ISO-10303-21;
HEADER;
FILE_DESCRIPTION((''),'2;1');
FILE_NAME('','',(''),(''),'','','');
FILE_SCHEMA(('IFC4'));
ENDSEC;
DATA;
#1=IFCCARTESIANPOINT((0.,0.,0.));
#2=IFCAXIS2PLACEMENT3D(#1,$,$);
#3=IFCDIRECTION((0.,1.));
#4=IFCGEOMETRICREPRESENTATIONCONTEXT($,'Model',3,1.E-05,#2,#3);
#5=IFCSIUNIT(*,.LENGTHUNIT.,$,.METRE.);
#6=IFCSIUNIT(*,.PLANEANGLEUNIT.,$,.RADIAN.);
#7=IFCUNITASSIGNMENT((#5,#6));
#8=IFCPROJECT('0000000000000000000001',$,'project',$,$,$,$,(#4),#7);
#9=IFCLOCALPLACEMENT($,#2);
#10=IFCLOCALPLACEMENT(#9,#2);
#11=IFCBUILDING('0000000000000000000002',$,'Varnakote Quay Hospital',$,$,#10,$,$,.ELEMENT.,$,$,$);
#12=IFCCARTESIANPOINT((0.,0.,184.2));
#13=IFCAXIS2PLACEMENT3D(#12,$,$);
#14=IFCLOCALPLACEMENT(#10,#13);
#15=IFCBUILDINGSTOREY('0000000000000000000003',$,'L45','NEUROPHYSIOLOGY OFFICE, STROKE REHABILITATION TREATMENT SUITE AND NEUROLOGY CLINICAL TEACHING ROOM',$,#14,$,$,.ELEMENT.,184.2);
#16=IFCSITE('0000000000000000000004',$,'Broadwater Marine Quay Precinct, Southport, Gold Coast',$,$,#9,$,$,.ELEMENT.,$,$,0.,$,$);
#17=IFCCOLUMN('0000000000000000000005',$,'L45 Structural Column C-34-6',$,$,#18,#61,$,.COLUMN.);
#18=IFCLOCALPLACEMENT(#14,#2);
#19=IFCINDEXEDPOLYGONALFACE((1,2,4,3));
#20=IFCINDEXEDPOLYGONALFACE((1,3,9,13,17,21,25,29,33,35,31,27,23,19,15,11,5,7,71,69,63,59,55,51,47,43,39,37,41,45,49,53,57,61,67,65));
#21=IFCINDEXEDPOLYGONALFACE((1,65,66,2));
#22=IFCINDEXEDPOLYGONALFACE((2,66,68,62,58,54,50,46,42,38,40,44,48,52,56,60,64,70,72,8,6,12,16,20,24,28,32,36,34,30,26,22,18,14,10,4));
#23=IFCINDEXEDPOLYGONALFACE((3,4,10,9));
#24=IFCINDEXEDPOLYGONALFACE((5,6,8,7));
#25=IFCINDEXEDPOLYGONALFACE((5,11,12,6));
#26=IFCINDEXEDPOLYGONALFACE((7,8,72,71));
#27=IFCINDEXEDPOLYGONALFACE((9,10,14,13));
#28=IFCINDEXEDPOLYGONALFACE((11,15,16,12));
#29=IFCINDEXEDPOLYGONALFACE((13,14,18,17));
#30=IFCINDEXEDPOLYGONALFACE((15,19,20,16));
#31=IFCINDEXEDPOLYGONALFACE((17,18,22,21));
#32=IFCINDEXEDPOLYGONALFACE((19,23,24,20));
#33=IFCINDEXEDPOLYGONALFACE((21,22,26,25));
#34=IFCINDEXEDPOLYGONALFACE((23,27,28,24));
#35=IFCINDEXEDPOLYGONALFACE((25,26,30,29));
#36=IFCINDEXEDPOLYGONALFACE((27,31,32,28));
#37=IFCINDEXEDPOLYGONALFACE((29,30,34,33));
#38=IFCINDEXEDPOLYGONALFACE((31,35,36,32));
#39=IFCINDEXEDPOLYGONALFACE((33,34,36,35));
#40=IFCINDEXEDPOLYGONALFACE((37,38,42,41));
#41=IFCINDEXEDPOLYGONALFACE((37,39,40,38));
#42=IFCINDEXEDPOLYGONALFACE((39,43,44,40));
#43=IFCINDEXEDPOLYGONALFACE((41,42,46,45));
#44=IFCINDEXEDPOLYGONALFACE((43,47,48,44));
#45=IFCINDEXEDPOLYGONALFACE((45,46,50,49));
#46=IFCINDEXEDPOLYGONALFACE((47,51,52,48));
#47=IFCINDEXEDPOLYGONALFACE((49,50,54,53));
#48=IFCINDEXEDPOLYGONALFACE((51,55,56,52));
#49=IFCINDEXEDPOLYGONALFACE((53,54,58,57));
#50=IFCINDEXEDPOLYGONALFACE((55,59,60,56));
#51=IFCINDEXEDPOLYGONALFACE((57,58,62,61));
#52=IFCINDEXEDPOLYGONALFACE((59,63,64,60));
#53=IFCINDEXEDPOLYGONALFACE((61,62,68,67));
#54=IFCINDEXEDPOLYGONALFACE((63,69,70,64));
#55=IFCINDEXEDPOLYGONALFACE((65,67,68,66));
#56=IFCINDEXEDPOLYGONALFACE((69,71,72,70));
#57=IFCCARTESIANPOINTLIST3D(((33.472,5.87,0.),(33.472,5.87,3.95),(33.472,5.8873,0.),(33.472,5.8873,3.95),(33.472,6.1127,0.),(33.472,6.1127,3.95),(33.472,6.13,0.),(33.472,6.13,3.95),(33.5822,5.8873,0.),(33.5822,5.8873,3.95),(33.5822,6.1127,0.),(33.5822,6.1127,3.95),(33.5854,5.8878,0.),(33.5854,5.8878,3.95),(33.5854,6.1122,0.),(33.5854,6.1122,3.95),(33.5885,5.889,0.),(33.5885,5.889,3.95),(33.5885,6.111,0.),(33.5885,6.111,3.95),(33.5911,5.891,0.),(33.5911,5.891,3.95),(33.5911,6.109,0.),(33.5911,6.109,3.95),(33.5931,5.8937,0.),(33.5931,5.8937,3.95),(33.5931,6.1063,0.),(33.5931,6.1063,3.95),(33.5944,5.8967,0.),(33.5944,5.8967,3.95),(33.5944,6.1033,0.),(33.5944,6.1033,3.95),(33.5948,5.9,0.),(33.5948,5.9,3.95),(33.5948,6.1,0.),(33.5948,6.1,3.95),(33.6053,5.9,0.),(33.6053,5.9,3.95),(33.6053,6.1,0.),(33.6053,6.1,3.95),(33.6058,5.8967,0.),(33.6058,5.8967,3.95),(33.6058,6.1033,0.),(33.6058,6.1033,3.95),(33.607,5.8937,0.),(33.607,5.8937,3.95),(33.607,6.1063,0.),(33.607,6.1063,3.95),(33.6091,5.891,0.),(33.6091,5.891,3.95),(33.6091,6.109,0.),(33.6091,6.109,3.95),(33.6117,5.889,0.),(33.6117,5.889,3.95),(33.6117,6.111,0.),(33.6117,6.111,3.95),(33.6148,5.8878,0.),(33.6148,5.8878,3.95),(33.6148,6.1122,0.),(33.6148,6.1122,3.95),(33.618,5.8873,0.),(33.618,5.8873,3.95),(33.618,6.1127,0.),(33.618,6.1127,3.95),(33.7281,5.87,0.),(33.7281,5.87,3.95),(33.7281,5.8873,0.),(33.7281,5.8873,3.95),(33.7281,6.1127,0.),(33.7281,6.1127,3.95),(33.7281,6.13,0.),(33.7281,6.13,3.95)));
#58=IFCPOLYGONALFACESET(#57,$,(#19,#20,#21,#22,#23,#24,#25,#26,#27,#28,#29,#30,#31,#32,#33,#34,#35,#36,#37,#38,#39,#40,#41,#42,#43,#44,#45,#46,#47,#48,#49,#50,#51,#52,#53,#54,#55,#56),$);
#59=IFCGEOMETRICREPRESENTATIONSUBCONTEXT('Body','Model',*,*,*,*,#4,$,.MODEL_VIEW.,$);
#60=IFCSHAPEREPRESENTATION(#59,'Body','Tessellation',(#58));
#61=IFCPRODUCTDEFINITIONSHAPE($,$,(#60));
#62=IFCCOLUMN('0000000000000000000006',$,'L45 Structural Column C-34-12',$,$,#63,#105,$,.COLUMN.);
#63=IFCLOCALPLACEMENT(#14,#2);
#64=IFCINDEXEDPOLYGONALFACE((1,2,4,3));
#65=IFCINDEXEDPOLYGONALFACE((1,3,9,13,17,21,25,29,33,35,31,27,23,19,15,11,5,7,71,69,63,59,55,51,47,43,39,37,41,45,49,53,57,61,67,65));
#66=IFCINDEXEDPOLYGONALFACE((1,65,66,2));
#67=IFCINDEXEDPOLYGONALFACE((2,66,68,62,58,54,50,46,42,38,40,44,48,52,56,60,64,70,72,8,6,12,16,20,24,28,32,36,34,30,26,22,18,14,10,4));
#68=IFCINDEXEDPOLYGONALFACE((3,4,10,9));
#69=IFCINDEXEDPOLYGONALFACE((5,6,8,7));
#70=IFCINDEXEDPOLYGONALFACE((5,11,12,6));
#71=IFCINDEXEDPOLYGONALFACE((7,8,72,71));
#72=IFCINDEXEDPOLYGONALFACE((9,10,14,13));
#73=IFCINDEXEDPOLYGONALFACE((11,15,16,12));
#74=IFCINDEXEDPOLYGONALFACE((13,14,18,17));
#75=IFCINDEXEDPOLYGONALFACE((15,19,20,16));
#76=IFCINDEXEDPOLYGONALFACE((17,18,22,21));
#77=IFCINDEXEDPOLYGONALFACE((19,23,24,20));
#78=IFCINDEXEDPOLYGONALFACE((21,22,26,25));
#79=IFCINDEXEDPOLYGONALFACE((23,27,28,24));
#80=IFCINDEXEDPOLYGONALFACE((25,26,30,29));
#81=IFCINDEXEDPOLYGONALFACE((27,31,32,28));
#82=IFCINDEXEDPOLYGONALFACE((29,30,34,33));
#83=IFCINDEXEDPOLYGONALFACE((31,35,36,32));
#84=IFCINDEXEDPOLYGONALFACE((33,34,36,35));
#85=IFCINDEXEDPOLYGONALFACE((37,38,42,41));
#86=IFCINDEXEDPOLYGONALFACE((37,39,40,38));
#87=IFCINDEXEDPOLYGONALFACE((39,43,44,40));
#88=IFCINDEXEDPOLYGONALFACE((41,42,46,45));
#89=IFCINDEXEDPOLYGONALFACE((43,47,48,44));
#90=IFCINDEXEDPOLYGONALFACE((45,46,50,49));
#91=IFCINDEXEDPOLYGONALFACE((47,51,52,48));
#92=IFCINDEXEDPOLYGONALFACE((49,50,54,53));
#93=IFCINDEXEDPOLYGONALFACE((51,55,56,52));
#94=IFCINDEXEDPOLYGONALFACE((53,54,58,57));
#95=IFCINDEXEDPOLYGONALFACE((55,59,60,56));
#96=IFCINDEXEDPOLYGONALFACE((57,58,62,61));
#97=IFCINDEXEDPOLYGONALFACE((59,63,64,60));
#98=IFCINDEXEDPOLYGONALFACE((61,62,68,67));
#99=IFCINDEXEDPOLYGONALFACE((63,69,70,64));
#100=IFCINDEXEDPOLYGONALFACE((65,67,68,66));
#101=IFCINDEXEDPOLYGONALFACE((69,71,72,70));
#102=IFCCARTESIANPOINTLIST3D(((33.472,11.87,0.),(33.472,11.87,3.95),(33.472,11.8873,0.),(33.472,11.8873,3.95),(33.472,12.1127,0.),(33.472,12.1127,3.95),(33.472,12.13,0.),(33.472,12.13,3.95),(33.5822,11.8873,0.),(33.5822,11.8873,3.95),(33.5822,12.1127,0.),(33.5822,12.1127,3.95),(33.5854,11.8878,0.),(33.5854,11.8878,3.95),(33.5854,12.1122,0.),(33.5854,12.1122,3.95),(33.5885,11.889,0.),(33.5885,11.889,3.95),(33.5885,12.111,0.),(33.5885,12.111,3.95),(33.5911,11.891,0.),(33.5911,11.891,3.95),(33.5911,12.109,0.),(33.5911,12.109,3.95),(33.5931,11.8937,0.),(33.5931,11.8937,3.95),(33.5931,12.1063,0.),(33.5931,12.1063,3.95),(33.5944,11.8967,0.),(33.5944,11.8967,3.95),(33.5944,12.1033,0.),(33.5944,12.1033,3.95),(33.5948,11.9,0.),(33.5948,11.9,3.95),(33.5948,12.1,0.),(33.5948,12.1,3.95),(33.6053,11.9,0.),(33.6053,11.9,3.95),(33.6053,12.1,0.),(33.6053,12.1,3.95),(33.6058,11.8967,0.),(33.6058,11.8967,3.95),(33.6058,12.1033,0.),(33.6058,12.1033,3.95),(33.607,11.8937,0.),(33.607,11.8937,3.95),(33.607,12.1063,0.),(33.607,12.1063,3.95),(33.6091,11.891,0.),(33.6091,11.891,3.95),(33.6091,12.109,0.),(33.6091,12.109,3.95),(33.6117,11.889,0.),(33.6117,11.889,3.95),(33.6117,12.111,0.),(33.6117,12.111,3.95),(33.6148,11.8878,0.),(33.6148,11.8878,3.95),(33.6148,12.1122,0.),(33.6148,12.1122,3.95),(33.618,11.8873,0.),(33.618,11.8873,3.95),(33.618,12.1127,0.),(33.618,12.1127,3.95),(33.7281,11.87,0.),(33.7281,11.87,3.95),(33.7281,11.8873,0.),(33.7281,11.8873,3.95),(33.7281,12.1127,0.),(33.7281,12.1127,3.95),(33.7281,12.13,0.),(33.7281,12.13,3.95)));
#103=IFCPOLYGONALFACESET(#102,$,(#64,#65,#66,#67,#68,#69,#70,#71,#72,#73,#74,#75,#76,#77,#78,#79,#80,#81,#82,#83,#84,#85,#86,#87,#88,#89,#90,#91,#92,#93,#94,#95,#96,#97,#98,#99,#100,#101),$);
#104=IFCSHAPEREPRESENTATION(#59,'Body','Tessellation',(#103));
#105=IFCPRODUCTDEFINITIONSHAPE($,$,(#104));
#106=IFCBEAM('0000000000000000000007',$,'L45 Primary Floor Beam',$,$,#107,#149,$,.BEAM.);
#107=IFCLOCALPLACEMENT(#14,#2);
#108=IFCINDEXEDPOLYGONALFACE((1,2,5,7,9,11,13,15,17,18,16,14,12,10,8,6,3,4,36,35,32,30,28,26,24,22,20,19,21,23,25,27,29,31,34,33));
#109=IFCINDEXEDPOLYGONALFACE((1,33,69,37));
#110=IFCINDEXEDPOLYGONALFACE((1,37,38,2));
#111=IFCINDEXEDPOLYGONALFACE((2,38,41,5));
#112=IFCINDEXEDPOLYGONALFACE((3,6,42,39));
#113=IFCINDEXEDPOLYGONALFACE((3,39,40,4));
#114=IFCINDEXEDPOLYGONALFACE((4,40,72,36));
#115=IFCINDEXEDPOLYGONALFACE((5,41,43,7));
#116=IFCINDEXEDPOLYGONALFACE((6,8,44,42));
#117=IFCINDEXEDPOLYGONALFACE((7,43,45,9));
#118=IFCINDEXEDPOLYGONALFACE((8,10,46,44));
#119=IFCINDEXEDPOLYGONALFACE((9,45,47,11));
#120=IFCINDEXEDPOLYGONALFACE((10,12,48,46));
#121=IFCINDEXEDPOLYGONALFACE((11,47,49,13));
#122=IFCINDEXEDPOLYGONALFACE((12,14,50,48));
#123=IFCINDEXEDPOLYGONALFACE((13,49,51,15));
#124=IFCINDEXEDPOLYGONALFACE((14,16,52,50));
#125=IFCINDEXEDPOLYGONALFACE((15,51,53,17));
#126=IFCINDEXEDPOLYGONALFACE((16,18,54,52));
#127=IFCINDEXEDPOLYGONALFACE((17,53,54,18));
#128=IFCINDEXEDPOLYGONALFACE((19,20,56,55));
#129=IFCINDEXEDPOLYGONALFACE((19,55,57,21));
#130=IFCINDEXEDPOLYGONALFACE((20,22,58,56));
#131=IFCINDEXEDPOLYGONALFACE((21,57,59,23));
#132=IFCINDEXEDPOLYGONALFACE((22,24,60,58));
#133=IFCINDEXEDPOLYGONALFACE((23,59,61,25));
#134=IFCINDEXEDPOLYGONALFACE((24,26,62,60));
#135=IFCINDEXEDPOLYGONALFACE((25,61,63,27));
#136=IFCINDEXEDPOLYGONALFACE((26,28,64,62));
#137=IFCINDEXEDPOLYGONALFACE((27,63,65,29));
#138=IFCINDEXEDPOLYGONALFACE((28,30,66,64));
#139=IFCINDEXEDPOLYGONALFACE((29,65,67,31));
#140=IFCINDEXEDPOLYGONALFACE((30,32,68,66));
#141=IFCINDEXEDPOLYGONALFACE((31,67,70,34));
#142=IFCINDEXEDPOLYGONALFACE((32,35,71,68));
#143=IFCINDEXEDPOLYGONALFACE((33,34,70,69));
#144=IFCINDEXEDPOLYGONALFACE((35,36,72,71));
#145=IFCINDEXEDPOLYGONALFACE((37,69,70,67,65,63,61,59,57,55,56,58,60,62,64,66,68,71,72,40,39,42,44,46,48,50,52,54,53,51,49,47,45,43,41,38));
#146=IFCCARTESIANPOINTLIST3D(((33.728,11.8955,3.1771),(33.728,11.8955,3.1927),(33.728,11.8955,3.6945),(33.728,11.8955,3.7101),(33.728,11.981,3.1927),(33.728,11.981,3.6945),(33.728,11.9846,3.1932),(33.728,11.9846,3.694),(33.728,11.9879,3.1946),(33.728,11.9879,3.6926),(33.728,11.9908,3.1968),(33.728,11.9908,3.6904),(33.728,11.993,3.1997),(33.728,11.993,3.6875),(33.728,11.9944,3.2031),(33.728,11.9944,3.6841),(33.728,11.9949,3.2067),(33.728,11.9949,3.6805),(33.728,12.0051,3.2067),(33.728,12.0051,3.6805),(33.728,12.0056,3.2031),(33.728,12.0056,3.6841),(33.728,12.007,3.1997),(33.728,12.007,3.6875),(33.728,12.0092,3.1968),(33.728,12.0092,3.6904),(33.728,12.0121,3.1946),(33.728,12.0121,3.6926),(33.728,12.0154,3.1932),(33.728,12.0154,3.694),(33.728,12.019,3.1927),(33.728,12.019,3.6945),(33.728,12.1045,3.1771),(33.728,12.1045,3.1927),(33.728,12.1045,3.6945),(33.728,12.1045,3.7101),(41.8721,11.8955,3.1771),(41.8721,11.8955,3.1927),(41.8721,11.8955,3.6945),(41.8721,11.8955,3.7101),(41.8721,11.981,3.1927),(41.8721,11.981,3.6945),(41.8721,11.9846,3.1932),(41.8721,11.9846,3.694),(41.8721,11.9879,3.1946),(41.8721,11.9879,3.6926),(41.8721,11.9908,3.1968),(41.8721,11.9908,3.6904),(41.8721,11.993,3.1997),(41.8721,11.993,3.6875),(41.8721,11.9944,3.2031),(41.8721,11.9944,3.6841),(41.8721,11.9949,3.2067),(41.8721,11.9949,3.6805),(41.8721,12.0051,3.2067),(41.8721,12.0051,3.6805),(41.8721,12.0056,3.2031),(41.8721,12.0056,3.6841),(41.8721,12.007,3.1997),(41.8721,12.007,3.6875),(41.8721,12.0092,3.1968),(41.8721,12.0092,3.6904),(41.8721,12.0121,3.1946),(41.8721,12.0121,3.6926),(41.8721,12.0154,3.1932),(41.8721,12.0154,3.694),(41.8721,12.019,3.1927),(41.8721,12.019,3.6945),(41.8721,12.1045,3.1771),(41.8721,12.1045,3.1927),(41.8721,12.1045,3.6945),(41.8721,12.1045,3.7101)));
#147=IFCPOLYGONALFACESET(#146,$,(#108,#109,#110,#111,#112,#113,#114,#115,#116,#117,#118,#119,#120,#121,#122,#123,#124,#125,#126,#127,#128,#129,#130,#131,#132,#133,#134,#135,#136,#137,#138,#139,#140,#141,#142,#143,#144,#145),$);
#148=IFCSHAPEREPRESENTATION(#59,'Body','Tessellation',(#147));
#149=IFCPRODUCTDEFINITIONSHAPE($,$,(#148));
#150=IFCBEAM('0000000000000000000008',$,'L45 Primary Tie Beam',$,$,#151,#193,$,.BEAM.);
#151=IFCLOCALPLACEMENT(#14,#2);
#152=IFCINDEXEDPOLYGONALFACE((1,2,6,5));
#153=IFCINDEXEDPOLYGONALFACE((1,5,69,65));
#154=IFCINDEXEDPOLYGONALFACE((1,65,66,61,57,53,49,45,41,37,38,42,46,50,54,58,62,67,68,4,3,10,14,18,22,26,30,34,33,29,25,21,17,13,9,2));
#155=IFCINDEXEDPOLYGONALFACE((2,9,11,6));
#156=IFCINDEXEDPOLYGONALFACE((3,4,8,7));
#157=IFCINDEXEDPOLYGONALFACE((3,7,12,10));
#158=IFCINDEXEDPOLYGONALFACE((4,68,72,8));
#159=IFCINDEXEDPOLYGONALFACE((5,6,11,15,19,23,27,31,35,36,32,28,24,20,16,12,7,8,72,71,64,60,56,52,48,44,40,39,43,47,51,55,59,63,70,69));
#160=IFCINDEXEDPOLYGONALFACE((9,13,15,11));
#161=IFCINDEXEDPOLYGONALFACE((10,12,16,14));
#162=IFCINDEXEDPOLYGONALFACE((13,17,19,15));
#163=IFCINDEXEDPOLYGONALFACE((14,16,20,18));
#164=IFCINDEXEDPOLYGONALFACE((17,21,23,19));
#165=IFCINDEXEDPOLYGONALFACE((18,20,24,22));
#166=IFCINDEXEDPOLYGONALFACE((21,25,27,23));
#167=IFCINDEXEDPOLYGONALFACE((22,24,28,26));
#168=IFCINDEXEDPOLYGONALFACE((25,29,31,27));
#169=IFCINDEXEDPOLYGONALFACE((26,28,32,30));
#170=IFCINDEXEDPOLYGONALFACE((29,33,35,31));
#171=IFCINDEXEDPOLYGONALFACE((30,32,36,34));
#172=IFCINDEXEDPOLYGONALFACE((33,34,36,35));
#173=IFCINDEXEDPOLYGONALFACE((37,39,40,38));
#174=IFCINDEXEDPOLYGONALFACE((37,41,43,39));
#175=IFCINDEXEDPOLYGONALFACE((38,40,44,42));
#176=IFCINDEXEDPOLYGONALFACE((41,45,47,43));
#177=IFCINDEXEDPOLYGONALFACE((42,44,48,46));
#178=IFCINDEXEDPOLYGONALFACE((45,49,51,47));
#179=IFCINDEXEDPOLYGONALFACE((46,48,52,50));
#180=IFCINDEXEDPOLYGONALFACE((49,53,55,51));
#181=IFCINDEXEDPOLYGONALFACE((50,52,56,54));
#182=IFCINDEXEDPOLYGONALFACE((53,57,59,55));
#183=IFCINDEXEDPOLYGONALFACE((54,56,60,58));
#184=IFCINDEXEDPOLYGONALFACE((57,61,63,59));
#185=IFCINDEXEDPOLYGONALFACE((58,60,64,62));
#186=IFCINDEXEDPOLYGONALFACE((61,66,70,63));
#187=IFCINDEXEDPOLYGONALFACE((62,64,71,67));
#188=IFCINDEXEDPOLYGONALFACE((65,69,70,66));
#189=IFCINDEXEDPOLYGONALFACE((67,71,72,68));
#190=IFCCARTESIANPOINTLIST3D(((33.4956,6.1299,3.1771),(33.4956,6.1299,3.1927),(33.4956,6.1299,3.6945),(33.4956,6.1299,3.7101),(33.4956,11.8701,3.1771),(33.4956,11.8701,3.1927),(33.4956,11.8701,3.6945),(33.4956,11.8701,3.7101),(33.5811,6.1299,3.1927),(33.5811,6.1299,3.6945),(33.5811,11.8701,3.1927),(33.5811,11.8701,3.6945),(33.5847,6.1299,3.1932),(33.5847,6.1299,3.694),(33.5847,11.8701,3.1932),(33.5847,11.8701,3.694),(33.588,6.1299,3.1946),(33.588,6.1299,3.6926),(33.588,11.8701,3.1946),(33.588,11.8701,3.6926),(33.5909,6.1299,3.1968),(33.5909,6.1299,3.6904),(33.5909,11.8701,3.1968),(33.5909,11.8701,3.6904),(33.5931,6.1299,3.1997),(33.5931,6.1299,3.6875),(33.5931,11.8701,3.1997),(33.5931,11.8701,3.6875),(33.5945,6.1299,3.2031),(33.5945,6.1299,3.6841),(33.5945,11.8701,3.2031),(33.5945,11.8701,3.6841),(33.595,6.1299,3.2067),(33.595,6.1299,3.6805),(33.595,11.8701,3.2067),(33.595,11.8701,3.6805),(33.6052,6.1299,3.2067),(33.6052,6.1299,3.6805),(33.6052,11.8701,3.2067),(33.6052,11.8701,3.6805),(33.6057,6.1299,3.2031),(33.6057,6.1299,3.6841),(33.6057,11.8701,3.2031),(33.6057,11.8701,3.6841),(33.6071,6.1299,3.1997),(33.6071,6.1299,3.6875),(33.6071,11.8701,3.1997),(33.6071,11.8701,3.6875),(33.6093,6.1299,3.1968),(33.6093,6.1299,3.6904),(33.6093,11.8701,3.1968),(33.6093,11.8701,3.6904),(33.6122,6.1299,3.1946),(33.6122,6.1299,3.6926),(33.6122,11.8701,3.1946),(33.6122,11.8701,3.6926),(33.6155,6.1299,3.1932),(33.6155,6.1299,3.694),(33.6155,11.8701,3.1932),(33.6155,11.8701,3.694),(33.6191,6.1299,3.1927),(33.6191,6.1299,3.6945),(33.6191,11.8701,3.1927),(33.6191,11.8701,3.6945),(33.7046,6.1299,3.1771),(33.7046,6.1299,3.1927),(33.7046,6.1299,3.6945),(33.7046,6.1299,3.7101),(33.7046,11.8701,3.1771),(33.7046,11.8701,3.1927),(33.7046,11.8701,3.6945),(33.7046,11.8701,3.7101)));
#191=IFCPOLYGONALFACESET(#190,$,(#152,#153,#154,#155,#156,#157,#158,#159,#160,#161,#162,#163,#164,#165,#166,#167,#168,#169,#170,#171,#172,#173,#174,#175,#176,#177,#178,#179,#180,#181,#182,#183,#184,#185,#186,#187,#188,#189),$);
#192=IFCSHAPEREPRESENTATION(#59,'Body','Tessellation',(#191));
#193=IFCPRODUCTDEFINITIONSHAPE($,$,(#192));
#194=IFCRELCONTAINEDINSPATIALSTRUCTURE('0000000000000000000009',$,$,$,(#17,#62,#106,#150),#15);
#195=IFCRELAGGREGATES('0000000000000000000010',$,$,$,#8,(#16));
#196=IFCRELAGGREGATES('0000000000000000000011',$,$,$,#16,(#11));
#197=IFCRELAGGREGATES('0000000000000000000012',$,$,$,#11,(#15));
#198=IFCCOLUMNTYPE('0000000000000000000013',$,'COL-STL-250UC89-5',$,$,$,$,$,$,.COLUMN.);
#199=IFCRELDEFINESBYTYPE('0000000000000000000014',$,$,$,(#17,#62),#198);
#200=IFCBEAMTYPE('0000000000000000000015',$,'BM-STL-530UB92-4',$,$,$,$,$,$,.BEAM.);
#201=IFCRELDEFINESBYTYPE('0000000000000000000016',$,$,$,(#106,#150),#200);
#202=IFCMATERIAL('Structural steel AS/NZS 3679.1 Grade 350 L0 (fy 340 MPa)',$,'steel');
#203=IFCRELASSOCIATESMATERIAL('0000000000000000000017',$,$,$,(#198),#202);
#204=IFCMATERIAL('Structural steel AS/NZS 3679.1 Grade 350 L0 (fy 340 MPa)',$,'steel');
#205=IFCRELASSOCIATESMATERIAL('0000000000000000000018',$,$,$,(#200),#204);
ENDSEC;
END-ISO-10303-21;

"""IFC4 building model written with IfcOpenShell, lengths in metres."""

from ifc_helpers import new_model, si_unit, direction, frame, origin, origin_2d, place, context, subcontext, project, spatial, i_section, extrude, material, material_profile, profile_set, type_object, element, save


model = new_model("IFC4")

# Units and contexts
model_context = context("Model", 3, precision=1e-05, world=origin(), true_north=direction((0.0, 1.0)))
body_context = subcontext(model_context, "Body", "Model", "MODEL_VIEW")
ifc_project = project(units=[si_unit("LENGTHUNIT", "METRE"), si_unit("PLANEANGLEUNIT", "RADIAN")], contexts=[model_context])

# Site, building, storey
site_placement = place(None, origin())
site = spatial("IfcSite", under=ifc_project, at=site_placement, Name="Broadwater Marine Quay Precinct, Southport, Gold Coast", CompositionType="ELEMENT", RefElevation=0.0)
building_placement = place(site_placement, origin())
building = spatial("IfcBuilding", under=site, at=building_placement, Name="Varnakote Quay Hospital", CompositionType="ELEMENT")
storey_placement = place(building_placement, frame((0.0, 0.0, 184.2)))
storey = spatial("IfcBuildingStorey", under=building, at=storey_placement, Name="L45", Description="NEUROPHYSIOLOGY OFFICE, STROKE REHABILITATION TREATMENT SUITE AND NEUROLOGY CLINICAL TEACHING ROOM", CompositionType="ELEMENT", Elevation=184.2)

# Columns
ifc_material_1 = material(Name="Structural steel AS/NZS 3679.1 Grade 350 L0 (fy 340 MPa)", Category="steel")
ifc_material_profile_1 = material_profile(ifc_material_1, i_section(OverallWidth=0.2561, OverallDepth=0.26, WebThickness=0.0105, FlangeThickness=0.0173, FilletRadius=0.0127, at=origin_2d()), Name="250UC89.5")
ifc_profile_set_1 = profile_set([ifc_material_profile_1], Name="Structural steel AS/NZS 3679.1 Grade 350 L0 (fy 340 MPa)")
column_type = type_object("IfcColumnType", Name="COL-STL-250UC89-5", PredefinedType="COLUMN", material=ifc_profile_set_1)
for number, where, z_axis, x_axis, name in (
    (1, (33.6001, 6.0, 0.0), (0.0, 0.0, 1.0), (1.0, 0.0, 0.0), "L45 Structural Column C-34-6"),
    (2, (33.6001, 12.0, 0.0), (0.0, 0.0, 1.0), (1.0, 0.0, 0.0), "L45 Structural Column C-34-12"),
):
    element("IfcColumn", number, at=place(storey_placement, frame(where, z_axis=z_axis, x_axis=x_axis)), inside=storey, type_object=column_type, Name=name, PredefinedType="COLUMN", context=body_context, shape_type="SweptSolid", body=[
        extrude(i_section(OverallWidth=0.2561, OverallDepth=0.26, WebThickness=0.0105, FlangeThickness=0.0173, FilletRadius=0.0127, at=origin_2d()), origin(), (0.0, 0.0, 1.0), 3.95),
    ])

# Beams
ifc_material_2 = material(Name="Structural steel AS/NZS 3679.1 Grade 350 L0 (fy 340 MPa)", Category="steel")
ifc_material_profile_2 = material_profile(ifc_material_2, i_section(OverallWidth=0.209, OverallDepth=0.533, WebThickness=0.0103, FlangeThickness=0.0156, FilletRadius=0.0139, at=origin_2d()), Name="530UB92.4")
ifc_profile_set_2 = profile_set([ifc_material_profile_2], Name="Structural steel AS/NZS 3679.1 Grade 350 L0 (fy 340 MPa)")
beam_type_1 = type_object("IfcBeamType", Name="BM-STL-530UB92-4", PredefinedType="BEAM", material=ifc_profile_set_2)
beam_1_placement = place(storey_placement, frame((33.728, 12.0, 3.4436), z_axis=(1.0, 0.0, 0.0), x_axis=(0.0, 1.0, 0.0)))
element("IfcBeam", 3, at=beam_1_placement, inside=storey, type_object=beam_type_1, Name="L45 Primary Floor Beam", PredefinedType="BEAM", context=body_context, shape_type="SweptSolid", body=[
    extrude(i_section(OverallWidth=0.209, OverallDepth=0.533, WebThickness=0.0103, FlangeThickness=0.0156, FilletRadius=0.0139, at=origin_2d()), origin(), (0.0, 0.0, 1.0), 8.144),
])
beam_2_placement = place(storey_placement, frame((33.6001, 6.1299, 3.4436), z_axis=(0.0, 1.0, 0.0), x_axis=(-1.0, 0.0, 0.0)))
element("IfcBeam", 4, at=beam_2_placement, inside=storey, type_object=beam_type_1, Name="L45 Primary Tie Beam", PredefinedType="BEAM", context=body_context, shape_type="SweptSolid", body=[
    extrude(i_section(OverallWidth=0.209, OverallDepth=0.533, WebThickness=0.0103, FlangeThickness=0.0156, FilletRadius=0.0139, at=origin_2d()), origin(), (0.0, 0.0, 1.0), 5.7402),
])

save(model, "model.ifc")
